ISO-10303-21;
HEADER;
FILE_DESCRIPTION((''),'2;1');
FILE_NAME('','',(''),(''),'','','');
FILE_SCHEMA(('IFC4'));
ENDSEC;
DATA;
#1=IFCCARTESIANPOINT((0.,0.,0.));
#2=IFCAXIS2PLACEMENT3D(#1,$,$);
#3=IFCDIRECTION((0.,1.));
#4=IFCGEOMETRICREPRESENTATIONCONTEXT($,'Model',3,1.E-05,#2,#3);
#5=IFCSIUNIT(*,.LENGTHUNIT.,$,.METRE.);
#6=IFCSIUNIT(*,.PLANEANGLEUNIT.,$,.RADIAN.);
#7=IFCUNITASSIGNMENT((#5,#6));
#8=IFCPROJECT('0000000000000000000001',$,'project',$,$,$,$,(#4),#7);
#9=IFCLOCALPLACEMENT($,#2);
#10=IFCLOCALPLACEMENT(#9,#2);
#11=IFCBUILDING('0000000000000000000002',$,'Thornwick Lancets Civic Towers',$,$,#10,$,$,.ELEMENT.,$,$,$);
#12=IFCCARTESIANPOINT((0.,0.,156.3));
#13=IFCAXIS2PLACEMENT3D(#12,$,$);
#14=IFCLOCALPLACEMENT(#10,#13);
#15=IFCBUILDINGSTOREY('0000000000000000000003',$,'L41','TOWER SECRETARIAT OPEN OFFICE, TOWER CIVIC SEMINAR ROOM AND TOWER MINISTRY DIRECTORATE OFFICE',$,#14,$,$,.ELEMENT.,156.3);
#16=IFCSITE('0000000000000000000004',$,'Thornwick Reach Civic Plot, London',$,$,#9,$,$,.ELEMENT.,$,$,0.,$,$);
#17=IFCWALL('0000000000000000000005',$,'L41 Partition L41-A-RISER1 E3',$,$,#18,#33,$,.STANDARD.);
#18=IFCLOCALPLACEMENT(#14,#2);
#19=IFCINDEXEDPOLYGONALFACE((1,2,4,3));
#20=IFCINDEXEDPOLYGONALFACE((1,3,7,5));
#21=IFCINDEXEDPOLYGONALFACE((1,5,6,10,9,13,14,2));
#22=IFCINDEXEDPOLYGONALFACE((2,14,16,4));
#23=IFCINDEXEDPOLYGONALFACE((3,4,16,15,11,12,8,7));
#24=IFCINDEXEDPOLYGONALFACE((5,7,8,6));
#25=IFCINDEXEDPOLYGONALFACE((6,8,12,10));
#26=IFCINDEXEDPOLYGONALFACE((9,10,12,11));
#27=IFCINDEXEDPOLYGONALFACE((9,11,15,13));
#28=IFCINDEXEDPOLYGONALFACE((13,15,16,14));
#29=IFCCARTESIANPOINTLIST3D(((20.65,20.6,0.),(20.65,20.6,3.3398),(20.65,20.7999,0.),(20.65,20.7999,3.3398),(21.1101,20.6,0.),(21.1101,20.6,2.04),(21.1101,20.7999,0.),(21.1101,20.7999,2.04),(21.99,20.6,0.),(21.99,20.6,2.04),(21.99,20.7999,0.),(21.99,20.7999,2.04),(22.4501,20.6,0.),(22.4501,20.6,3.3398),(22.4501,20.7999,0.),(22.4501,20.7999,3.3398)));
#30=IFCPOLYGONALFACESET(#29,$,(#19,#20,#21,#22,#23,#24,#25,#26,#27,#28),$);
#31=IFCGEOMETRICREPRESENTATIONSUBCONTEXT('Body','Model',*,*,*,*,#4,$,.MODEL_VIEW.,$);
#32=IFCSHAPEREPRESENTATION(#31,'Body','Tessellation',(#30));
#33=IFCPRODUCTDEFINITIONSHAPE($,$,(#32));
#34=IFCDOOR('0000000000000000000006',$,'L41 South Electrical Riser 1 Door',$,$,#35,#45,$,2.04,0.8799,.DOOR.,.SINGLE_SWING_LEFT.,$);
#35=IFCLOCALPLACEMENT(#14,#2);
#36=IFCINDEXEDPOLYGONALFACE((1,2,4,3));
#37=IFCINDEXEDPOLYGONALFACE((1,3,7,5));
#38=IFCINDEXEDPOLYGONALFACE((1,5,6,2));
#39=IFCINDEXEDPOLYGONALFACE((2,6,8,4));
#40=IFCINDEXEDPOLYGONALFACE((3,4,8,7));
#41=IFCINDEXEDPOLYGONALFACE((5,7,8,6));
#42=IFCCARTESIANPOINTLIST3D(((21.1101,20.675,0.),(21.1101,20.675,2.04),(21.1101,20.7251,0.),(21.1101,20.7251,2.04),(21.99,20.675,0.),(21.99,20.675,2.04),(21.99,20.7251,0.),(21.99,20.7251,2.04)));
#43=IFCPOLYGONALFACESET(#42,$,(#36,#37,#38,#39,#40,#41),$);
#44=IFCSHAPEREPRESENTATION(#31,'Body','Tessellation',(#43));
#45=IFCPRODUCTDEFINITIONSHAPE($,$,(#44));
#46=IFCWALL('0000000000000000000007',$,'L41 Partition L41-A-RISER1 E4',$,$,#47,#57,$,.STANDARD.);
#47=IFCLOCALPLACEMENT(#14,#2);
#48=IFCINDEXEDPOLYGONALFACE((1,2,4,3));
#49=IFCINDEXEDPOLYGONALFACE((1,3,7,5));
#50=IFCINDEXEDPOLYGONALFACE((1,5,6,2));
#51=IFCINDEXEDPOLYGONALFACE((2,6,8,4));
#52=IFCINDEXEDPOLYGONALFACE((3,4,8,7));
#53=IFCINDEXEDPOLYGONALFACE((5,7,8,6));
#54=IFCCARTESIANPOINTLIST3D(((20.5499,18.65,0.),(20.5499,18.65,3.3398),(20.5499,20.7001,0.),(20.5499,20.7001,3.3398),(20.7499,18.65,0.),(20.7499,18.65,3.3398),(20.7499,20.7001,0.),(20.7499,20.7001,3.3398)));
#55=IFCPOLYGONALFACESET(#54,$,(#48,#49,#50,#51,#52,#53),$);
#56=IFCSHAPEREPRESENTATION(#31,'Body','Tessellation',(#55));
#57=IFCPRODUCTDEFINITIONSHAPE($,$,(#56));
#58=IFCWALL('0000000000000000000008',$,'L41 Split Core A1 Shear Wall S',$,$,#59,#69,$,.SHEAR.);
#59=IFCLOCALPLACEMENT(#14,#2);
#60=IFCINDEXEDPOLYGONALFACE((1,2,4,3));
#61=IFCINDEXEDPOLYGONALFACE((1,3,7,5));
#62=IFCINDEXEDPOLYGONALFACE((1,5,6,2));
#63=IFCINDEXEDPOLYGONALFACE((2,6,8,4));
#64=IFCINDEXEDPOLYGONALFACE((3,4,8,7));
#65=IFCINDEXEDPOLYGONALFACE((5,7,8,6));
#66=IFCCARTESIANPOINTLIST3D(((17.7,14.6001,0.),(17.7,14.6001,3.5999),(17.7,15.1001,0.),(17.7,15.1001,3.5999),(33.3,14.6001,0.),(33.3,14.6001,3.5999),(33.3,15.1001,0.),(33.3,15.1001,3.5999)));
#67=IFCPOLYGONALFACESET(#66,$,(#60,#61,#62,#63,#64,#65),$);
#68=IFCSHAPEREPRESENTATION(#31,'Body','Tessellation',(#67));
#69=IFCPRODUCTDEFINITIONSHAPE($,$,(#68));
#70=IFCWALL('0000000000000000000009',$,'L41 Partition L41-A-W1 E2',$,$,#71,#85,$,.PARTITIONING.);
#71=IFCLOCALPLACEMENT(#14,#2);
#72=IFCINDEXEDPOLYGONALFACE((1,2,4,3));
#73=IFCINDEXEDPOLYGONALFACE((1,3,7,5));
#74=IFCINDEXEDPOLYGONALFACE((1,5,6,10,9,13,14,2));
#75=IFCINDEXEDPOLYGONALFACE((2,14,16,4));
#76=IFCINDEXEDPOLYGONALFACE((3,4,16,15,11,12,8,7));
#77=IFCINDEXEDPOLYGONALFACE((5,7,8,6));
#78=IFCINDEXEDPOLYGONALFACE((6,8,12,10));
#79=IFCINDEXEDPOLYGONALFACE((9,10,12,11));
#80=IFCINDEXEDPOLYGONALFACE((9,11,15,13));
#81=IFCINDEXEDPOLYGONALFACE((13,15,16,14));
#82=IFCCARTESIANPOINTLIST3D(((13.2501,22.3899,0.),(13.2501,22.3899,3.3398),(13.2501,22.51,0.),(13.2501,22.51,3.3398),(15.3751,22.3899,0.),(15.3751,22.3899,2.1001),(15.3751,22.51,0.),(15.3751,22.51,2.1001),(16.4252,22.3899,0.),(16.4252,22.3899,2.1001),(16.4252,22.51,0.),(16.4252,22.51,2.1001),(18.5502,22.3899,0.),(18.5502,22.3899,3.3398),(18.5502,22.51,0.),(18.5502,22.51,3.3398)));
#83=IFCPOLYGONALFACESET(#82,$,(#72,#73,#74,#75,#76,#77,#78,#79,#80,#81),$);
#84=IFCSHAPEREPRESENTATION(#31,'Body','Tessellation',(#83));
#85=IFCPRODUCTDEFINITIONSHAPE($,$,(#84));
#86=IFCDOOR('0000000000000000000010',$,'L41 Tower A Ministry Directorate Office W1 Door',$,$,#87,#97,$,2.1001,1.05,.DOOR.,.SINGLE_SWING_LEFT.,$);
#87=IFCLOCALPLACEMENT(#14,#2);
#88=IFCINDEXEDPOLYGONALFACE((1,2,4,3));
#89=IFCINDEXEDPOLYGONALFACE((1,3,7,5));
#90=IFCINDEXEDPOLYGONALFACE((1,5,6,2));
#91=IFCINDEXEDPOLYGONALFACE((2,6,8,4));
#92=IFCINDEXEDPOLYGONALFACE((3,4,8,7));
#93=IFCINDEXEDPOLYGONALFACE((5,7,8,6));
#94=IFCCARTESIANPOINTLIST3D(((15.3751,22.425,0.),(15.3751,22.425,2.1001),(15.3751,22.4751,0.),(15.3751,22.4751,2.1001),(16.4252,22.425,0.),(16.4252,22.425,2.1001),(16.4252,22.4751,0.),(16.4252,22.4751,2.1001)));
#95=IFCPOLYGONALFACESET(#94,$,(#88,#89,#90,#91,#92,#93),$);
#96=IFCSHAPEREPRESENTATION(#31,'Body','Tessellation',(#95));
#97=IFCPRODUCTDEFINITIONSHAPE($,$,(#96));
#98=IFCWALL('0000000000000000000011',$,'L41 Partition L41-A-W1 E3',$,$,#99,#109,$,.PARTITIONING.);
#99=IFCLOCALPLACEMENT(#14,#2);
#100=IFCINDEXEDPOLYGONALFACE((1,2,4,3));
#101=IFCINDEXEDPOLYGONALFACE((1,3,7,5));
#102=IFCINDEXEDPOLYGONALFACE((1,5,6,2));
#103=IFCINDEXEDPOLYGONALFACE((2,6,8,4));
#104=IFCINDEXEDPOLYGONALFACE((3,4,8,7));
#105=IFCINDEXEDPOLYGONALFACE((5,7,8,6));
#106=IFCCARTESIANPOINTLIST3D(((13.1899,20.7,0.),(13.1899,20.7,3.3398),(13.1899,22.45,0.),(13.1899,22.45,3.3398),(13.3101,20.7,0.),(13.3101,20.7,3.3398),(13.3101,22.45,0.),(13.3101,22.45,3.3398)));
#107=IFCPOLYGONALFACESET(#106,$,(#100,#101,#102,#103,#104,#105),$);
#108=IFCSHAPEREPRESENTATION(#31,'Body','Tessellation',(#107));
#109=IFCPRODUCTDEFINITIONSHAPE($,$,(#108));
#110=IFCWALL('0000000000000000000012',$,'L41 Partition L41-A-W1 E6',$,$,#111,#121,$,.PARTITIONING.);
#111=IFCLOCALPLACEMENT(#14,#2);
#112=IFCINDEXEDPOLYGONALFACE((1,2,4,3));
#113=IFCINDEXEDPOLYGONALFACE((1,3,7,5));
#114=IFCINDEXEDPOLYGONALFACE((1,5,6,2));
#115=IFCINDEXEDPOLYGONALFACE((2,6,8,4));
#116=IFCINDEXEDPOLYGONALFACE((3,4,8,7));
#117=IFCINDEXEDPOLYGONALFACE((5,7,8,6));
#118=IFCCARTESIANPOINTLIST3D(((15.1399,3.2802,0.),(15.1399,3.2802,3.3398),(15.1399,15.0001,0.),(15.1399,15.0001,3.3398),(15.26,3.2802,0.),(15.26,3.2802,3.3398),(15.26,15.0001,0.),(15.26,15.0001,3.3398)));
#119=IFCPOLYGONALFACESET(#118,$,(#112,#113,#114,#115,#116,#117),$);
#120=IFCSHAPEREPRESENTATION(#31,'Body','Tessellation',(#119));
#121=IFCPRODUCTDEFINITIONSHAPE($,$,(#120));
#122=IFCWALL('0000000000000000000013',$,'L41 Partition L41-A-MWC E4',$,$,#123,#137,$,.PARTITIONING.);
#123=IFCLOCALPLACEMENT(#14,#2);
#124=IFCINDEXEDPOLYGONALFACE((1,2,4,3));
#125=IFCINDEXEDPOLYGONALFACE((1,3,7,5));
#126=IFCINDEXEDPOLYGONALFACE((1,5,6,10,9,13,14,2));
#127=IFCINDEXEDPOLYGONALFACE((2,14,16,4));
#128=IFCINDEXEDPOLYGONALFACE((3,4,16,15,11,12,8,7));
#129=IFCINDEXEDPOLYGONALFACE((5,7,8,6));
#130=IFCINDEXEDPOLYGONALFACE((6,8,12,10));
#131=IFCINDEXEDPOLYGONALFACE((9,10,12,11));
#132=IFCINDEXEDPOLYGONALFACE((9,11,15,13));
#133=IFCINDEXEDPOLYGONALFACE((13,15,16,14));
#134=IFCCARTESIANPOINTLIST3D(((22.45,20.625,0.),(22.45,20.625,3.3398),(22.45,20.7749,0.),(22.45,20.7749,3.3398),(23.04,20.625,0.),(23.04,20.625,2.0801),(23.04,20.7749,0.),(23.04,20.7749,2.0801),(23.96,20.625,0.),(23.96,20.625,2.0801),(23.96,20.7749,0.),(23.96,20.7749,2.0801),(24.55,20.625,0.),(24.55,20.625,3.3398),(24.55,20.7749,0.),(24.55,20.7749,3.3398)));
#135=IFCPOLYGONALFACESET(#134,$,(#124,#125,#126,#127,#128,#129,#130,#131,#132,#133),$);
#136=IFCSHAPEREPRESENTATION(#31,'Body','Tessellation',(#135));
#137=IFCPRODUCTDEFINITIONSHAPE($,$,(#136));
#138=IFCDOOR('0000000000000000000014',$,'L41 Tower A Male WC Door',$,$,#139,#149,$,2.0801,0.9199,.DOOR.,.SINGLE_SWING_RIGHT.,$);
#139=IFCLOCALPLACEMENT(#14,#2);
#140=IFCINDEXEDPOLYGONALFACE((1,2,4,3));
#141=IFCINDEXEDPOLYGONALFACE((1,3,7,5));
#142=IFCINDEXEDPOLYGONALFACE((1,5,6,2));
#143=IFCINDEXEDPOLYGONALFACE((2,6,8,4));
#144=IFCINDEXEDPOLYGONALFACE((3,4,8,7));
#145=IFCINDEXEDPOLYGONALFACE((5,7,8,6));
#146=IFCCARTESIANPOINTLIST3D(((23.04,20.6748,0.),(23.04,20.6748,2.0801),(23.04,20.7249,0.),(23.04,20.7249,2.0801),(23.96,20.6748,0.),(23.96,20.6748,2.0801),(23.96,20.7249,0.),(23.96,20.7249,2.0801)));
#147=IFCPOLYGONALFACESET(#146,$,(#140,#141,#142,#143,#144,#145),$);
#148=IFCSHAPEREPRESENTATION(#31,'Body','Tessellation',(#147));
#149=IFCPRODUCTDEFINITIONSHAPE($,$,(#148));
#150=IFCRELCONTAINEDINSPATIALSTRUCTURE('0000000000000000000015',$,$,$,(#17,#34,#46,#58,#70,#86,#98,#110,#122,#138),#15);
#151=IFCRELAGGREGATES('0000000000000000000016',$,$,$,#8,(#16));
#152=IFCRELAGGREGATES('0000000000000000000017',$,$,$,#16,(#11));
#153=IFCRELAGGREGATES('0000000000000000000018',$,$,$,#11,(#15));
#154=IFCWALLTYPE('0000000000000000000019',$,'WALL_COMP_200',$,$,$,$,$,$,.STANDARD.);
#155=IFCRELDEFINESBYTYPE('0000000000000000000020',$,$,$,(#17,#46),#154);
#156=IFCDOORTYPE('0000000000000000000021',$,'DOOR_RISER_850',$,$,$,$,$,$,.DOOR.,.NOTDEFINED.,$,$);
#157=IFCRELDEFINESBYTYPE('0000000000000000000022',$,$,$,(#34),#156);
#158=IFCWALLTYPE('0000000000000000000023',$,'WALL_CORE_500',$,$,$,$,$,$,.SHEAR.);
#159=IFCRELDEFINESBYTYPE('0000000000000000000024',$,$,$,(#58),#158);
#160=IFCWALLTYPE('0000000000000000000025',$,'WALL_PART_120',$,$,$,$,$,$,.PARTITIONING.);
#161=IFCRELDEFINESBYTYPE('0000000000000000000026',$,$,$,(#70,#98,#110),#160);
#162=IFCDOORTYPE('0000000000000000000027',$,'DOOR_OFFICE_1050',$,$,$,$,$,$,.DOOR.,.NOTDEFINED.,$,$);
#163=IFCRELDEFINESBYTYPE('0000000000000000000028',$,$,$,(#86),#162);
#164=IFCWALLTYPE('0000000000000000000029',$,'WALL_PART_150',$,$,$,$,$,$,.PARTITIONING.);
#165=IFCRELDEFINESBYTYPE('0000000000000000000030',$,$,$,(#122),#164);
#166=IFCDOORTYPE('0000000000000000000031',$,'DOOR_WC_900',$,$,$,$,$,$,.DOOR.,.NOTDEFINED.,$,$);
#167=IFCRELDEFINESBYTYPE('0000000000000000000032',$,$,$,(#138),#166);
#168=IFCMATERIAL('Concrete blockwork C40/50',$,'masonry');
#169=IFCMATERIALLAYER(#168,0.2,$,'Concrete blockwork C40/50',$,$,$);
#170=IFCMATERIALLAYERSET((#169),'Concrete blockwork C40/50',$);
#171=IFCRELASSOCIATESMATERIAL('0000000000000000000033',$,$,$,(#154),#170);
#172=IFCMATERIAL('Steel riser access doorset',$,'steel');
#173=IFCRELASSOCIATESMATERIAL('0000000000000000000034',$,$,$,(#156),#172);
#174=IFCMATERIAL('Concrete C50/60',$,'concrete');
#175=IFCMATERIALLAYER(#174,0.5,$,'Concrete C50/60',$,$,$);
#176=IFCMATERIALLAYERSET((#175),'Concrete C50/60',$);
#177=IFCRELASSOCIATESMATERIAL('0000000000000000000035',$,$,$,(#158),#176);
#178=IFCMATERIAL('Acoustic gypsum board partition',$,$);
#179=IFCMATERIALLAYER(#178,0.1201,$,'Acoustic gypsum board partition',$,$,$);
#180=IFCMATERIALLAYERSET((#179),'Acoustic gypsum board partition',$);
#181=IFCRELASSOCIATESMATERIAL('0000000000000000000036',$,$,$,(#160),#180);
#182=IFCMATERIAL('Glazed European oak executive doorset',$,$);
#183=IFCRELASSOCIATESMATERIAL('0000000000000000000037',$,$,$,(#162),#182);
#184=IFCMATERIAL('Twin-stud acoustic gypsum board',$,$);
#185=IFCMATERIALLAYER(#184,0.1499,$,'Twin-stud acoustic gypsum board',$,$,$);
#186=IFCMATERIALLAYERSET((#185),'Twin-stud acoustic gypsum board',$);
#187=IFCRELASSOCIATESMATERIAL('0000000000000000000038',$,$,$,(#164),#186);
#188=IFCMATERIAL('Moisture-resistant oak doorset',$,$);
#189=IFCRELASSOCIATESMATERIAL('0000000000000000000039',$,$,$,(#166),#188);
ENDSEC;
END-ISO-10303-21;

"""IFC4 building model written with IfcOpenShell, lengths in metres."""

from ifc_helpers import new_model, si_unit, direction, frame, frame_2d, origin, place, context, subcontext, project, spatial, rectangle, extrude, material, layer, layer_set, type_object, element, fill, save


model = new_model("IFC4")

# Units and contexts
model_context = context("Model", 3, precision=1e-05, world=origin(), true_north=direction((0.0, 1.0)))
body_context = subcontext(model_context, "Body", "Model", "MODEL_VIEW")
ifc_project = project(units=[si_unit("LENGTHUNIT", "METRE"), si_unit("PLANEANGLEUNIT", "RADIAN")], contexts=[model_context])

# Site, building, storey
site_placement = place(None, origin())
site = spatial("IfcSite", under=ifc_project, at=site_placement, Name="Thornwick Reach Civic Plot, London", CompositionType="ELEMENT", RefElevation=0.0)
building_placement = place(site_placement, origin())
building = spatial("IfcBuilding", under=site, at=building_placement, Name="Thornwick Lancets Civic Towers", CompositionType="ELEMENT")
storey_placement = place(building_placement, frame((0.0, 0.0, 156.3)))
storey = spatial("IfcBuildingStorey", under=building, at=storey_placement, Name="L41", Description="TOWER SECRETARIAT OPEN OFFICE, TOWER CIVIC SEMINAR ROOM AND TOWER MINISTRY DIRECTORATE OFFICE", CompositionType="ELEMENT", Elevation=156.3)

# Shared definitions
ifc_material_1 = material(Name="Concrete C50/60", Category="concrete")

# Shared definitions
ifc_material_2 = material(Name="Concrete blockwork C40/50", Category="masonry")
ifc_layer_1 = layer(ifc_material_2, 0.2, Name="Concrete blockwork C40/50")
ifc_layer_set_1 = layer_set([ifc_layer_1], Name="Concrete blockwork C40/50")
wall_type_1 = type_object("IfcWallType", Name="WALL_COMP_200", PredefinedType="STANDARD", material=ifc_layer_set_1)

# Wall, opening, door
wall_1_placement = place(storey_placement, frame((22.45, 20.7, 0.0), z_axis=(0.0, 0.0, 1.0), x_axis=(-1.0, 0.0, 0.0)))
wall_1 = element("IfcWall", 1, at=wall_1_placement, inside=storey, type_object=wall_type_1, Name="L41 Partition L41-A-RISER1 E3", PredefinedType="STANDARD", context=body_context, shape_type="SweptSolid", body=[
    extrude(rectangle(XDim=1.8, YDim=0.2, at=frame_2d((0.8999, 0.0))), origin(), (0.0, 0.0, 1.0), 3.3398),
])
opening_1_placement = place(wall_1_placement, frame((0.46, 0.0, 0.0)))
opening_1 = element("IfcOpeningElement", 2, at=opening_1_placement, cuts=wall_1, PredefinedType="OPENING", context=body_context, shape_type="SweptSolid", body=[
    extrude(rectangle(XDim=0.8799, YDim=2.04, at=frame_2d((0.4399, 1.02))), frame((0.0, 0.1099, 0.0), z_axis=(0.0, -1.0, 0.0), x_axis=(1.0, 0.0, 0.0)), (0.0, 0.0, 1.0), 0.22),
])
ifc_material_3 = material(Name="Steel riser access doorset", Category="steel")
door_type_1 = type_object("IfcDoorType", Name="DOOR_RISER_850", OperationType="NOTDEFINED", PredefinedType="DOOR", material=ifc_material_3)
door_1_placement = place(opening_1_placement, origin())
door_1 = element("IfcDoor", 3, at=door_1_placement, inside=storey, type_object=door_type_1, Name="L41 South Electrical Riser 1 Door", OperationType="SINGLE_SWING_LEFT", OverallHeight=2.04, OverallWidth=0.8799, PredefinedType="DOOR", context=body_context, shape_type="SweptSolid", body=[
    extrude(rectangle(XDim=0.8799, YDim=2.04, at=frame_2d((0.4399, 1.02))), frame((0.0, 0.0249, 0.0), z_axis=(0.0, -1.0, 0.0), x_axis=(1.0, 0.0, 0.0)), (0.0, 0.0, 1.0), 0.05),
])
fill(opening_1, door_1)

# Walls
wall_2_placement = place(storey_placement, frame((20.6499, 20.7, 0.0), z_axis=(0.0, 0.0, 1.0), x_axis=(0.0, -1.0, 0.0)))
element("IfcWall", 4, at=wall_2_placement, inside=storey, type_object=wall_type_1, Name="L41 Partition L41-A-RISER1 E4", PredefinedType="STANDARD", context=body_context, shape_type="SweptSolid", body=[
    extrude(rectangle(XDim=2.05, YDim=0.2, at=frame_2d((1.0249, 0.0))), origin(), (0.0, 0.0, 1.0), 3.3398),
])
ifc_layer_2 = layer(ifc_material_1, 0.5, Name="Concrete C50/60")
ifc_layer_set_2 = layer_set([ifc_layer_2], Name="Concrete C50/60")
wall_type_2 = type_object("IfcWallType", Name="WALL_CORE_500", PredefinedType="SHEAR", material=ifc_layer_set_2)
wall_3_placement = place(storey_placement, frame((17.7, 14.8501, 0.0), z_axis=(0.0, 0.0, 1.0), x_axis=(1.0, 0.0, 0.0)))
element("IfcWall", 5, at=wall_3_placement, inside=storey, type_object=wall_type_2, Name="L41 Split Core A1 Shear Wall S", PredefinedType="SHEAR", context=body_context, shape_type="SweptSolid", body=[
    extrude(rectangle(XDim=15.6001, YDim=0.5, at=frame_2d((7.8, 0.0))), origin(), (0.0, 0.0, 1.0), 3.5999),
])

# Wall, opening, door
ifc_material_4 = material(Name="Acoustic gypsum board partition")
ifc_layer_3 = layer(ifc_material_4, 0.1201, Name="Acoustic gypsum board partition")
ifc_layer_set_3 = layer_set([ifc_layer_3], Name="Acoustic gypsum board partition")
wall_type_3 = type_object("IfcWallType", Name="WALL_PART_120", PredefinedType="PARTITIONING", material=ifc_layer_set_3)
wall_4_placement = place(storey_placement, frame((18.55, 22.45, 0.0), z_axis=(0.0, 0.0, 1.0), x_axis=(-1.0, 0.0, 0.0)))
wall_4 = element("IfcWall", 6, at=wall_4_placement, inside=storey, type_object=wall_type_3, Name="L41 Partition L41-A-W1 E2", PredefinedType="PARTITIONING", context=body_context, shape_type="SweptSolid", body=[
    extrude(rectangle(XDim=5.3, YDim=0.1201, at=frame_2d((2.6499, 0.0))), origin(), (0.0, 0.0, 1.0), 3.3398),
])
opening_2_placement = place(wall_4_placement, frame((2.125, 0.0, 0.0)))
opening_2 = element("IfcOpeningElement", 7, at=opening_2_placement, cuts=wall_4, PredefinedType="OPENING", context=body_context, shape_type="SweptSolid", body=[
    extrude(rectangle(XDim=1.05, YDim=2.1001, at=frame_2d((0.5249, 1.05))), frame((0.0, 0.0701, 0.0), z_axis=(0.0, -1.0, 0.0), x_axis=(1.0, 0.0, 0.0)), (0.0, 0.0, 1.0), 0.1401),
])
ifc_material_5 = material(Name="Glazed European oak executive doorset")
door_type_2 = type_object("IfcDoorType", Name="DOOR_OFFICE_1050", OperationType="NOTDEFINED", PredefinedType="DOOR", material=ifc_material_5)
door_2_placement = place(opening_2_placement, origin())
door_2 = element("IfcDoor", 8, at=door_2_placement, inside=storey, type_object=door_type_2, Name="L41 Tower A Ministry Directorate Office W1 Door", OperationType="SINGLE_SWING_LEFT", OverallHeight=2.1001, OverallWidth=1.05, PredefinedType="DOOR", context=body_context, shape_type="SweptSolid", body=[
    extrude(rectangle(XDim=1.05, YDim=2.1001, at=frame_2d((0.5249, 1.05))), frame((0.0, 0.0249, 0.0), z_axis=(0.0, -1.0, 0.0), x_axis=(1.0, 0.0, 0.0)), (0.0, 0.0, 1.0), 0.05),
])
fill(opening_2, door_2)

# Walls
wall_5_placement = place(storey_placement, frame((13.25, 22.45, 0.0), z_axis=(0.0, 0.0, 1.0), x_axis=(0.0, -1.0, 0.0)))
element("IfcWall", 9, at=wall_5_placement, inside=storey, type_object=wall_type_3, Name="L41 Partition L41-A-W1 E3", PredefinedType="PARTITIONING", context=body_context, shape_type="SweptSolid", body=[
    extrude(rectangle(XDim=1.75, YDim=0.1201, at=frame_2d((0.875, 0.0))), origin(), (0.0, 0.0, 1.0), 3.3398),
])
wall_6_placement = place(storey_placement, frame((15.2, 15.0, 0.0), z_axis=(0.0, 0.0, 1.0), x_axis=(0.0, -1.0, 0.0)))
element("IfcWall", 10, at=wall_6_placement, inside=storey, type_object=wall_type_3, Name="L41 Partition L41-A-W1 E6", PredefinedType="PARTITIONING", context=body_context, shape_type="SweptSolid", body=[
    extrude(rectangle(XDim=11.72, YDim=0.1201, at=frame_2d((5.8599, 0.0))), origin(), (0.0, 0.0, 1.0), 3.3398),
])

# Wall, opening, door
ifc_material_6 = material(Name="Twin-stud acoustic gypsum board")
ifc_layer_4 = layer(ifc_material_6, 0.1499, Name="Twin-stud acoustic gypsum board")
ifc_layer_set_4 = layer_set([ifc_layer_4], Name="Twin-stud acoustic gypsum board")
wall_type_4 = type_object("IfcWallType", Name="WALL_PART_150", PredefinedType="PARTITIONING", material=ifc_layer_set_4)
wall_7_placement = place(storey_placement, frame((22.45, 20.7, 0.0), z_axis=(0.0, 0.0, 1.0), x_axis=(1.0, 0.0, 0.0)))
wall_7 = element("IfcWall", 11, at=wall_7_placement, inside=storey, type_object=wall_type_4, Name="L41 Partition L41-A-MWC E4", PredefinedType="PARTITIONING", context=body_context, shape_type="SweptSolid", body=[
    extrude(rectangle(XDim=2.1001, YDim=0.1499, at=frame_2d((1.05, 0.0))), origin(), (0.0, 0.0, 1.0), 3.3398),
])
opening_3_placement = place(wall_7_placement, frame((0.5901, 0.0, 0.0)))
opening_3 = element("IfcOpeningElement", 12, at=opening_3_placement, cuts=wall_7, PredefinedType="OPENING", context=body_context, shape_type="SweptSolid", body=[
    extrude(rectangle(XDim=0.9199, YDim=2.0801, at=frame_2d((0.46, 1.04))), frame((0.0, 0.085, 0.0), z_axis=(0.0, -1.0, 0.0), x_axis=(1.0, 0.0, 0.0)), (0.0, 0.0, 1.0), 0.1699),
])
ifc_material_7 = material(Name="Moisture-resistant oak doorset")
door_type_3 = type_object("IfcDoorType", Name="DOOR_WC_900", OperationType="NOTDEFINED", PredefinedType="DOOR", material=ifc_material_7)
door_3_placement = place(opening_3_placement, origin())
door_3 = element("IfcDoor", 13, at=door_3_placement, inside=storey, type_object=door_type_3, Name="L41 Tower A Male WC Door", OperationType="SINGLE_SWING_RIGHT", OverallHeight=2.0801, OverallWidth=0.9199, PredefinedType="DOOR", context=body_context, shape_type="SweptSolid", body=[
    extrude(rectangle(XDim=0.9199, YDim=2.0801, at=frame_2d((0.46, 1.04))), frame((0.0, 0.0249, 0.0), z_axis=(0.0, -1.0, 0.0), x_axis=(1.0, 0.0, 0.0)), (0.0, 0.0, 1.0), 0.05),
])
fill(opening_3, door_3)

save(model, "model.ifc")
